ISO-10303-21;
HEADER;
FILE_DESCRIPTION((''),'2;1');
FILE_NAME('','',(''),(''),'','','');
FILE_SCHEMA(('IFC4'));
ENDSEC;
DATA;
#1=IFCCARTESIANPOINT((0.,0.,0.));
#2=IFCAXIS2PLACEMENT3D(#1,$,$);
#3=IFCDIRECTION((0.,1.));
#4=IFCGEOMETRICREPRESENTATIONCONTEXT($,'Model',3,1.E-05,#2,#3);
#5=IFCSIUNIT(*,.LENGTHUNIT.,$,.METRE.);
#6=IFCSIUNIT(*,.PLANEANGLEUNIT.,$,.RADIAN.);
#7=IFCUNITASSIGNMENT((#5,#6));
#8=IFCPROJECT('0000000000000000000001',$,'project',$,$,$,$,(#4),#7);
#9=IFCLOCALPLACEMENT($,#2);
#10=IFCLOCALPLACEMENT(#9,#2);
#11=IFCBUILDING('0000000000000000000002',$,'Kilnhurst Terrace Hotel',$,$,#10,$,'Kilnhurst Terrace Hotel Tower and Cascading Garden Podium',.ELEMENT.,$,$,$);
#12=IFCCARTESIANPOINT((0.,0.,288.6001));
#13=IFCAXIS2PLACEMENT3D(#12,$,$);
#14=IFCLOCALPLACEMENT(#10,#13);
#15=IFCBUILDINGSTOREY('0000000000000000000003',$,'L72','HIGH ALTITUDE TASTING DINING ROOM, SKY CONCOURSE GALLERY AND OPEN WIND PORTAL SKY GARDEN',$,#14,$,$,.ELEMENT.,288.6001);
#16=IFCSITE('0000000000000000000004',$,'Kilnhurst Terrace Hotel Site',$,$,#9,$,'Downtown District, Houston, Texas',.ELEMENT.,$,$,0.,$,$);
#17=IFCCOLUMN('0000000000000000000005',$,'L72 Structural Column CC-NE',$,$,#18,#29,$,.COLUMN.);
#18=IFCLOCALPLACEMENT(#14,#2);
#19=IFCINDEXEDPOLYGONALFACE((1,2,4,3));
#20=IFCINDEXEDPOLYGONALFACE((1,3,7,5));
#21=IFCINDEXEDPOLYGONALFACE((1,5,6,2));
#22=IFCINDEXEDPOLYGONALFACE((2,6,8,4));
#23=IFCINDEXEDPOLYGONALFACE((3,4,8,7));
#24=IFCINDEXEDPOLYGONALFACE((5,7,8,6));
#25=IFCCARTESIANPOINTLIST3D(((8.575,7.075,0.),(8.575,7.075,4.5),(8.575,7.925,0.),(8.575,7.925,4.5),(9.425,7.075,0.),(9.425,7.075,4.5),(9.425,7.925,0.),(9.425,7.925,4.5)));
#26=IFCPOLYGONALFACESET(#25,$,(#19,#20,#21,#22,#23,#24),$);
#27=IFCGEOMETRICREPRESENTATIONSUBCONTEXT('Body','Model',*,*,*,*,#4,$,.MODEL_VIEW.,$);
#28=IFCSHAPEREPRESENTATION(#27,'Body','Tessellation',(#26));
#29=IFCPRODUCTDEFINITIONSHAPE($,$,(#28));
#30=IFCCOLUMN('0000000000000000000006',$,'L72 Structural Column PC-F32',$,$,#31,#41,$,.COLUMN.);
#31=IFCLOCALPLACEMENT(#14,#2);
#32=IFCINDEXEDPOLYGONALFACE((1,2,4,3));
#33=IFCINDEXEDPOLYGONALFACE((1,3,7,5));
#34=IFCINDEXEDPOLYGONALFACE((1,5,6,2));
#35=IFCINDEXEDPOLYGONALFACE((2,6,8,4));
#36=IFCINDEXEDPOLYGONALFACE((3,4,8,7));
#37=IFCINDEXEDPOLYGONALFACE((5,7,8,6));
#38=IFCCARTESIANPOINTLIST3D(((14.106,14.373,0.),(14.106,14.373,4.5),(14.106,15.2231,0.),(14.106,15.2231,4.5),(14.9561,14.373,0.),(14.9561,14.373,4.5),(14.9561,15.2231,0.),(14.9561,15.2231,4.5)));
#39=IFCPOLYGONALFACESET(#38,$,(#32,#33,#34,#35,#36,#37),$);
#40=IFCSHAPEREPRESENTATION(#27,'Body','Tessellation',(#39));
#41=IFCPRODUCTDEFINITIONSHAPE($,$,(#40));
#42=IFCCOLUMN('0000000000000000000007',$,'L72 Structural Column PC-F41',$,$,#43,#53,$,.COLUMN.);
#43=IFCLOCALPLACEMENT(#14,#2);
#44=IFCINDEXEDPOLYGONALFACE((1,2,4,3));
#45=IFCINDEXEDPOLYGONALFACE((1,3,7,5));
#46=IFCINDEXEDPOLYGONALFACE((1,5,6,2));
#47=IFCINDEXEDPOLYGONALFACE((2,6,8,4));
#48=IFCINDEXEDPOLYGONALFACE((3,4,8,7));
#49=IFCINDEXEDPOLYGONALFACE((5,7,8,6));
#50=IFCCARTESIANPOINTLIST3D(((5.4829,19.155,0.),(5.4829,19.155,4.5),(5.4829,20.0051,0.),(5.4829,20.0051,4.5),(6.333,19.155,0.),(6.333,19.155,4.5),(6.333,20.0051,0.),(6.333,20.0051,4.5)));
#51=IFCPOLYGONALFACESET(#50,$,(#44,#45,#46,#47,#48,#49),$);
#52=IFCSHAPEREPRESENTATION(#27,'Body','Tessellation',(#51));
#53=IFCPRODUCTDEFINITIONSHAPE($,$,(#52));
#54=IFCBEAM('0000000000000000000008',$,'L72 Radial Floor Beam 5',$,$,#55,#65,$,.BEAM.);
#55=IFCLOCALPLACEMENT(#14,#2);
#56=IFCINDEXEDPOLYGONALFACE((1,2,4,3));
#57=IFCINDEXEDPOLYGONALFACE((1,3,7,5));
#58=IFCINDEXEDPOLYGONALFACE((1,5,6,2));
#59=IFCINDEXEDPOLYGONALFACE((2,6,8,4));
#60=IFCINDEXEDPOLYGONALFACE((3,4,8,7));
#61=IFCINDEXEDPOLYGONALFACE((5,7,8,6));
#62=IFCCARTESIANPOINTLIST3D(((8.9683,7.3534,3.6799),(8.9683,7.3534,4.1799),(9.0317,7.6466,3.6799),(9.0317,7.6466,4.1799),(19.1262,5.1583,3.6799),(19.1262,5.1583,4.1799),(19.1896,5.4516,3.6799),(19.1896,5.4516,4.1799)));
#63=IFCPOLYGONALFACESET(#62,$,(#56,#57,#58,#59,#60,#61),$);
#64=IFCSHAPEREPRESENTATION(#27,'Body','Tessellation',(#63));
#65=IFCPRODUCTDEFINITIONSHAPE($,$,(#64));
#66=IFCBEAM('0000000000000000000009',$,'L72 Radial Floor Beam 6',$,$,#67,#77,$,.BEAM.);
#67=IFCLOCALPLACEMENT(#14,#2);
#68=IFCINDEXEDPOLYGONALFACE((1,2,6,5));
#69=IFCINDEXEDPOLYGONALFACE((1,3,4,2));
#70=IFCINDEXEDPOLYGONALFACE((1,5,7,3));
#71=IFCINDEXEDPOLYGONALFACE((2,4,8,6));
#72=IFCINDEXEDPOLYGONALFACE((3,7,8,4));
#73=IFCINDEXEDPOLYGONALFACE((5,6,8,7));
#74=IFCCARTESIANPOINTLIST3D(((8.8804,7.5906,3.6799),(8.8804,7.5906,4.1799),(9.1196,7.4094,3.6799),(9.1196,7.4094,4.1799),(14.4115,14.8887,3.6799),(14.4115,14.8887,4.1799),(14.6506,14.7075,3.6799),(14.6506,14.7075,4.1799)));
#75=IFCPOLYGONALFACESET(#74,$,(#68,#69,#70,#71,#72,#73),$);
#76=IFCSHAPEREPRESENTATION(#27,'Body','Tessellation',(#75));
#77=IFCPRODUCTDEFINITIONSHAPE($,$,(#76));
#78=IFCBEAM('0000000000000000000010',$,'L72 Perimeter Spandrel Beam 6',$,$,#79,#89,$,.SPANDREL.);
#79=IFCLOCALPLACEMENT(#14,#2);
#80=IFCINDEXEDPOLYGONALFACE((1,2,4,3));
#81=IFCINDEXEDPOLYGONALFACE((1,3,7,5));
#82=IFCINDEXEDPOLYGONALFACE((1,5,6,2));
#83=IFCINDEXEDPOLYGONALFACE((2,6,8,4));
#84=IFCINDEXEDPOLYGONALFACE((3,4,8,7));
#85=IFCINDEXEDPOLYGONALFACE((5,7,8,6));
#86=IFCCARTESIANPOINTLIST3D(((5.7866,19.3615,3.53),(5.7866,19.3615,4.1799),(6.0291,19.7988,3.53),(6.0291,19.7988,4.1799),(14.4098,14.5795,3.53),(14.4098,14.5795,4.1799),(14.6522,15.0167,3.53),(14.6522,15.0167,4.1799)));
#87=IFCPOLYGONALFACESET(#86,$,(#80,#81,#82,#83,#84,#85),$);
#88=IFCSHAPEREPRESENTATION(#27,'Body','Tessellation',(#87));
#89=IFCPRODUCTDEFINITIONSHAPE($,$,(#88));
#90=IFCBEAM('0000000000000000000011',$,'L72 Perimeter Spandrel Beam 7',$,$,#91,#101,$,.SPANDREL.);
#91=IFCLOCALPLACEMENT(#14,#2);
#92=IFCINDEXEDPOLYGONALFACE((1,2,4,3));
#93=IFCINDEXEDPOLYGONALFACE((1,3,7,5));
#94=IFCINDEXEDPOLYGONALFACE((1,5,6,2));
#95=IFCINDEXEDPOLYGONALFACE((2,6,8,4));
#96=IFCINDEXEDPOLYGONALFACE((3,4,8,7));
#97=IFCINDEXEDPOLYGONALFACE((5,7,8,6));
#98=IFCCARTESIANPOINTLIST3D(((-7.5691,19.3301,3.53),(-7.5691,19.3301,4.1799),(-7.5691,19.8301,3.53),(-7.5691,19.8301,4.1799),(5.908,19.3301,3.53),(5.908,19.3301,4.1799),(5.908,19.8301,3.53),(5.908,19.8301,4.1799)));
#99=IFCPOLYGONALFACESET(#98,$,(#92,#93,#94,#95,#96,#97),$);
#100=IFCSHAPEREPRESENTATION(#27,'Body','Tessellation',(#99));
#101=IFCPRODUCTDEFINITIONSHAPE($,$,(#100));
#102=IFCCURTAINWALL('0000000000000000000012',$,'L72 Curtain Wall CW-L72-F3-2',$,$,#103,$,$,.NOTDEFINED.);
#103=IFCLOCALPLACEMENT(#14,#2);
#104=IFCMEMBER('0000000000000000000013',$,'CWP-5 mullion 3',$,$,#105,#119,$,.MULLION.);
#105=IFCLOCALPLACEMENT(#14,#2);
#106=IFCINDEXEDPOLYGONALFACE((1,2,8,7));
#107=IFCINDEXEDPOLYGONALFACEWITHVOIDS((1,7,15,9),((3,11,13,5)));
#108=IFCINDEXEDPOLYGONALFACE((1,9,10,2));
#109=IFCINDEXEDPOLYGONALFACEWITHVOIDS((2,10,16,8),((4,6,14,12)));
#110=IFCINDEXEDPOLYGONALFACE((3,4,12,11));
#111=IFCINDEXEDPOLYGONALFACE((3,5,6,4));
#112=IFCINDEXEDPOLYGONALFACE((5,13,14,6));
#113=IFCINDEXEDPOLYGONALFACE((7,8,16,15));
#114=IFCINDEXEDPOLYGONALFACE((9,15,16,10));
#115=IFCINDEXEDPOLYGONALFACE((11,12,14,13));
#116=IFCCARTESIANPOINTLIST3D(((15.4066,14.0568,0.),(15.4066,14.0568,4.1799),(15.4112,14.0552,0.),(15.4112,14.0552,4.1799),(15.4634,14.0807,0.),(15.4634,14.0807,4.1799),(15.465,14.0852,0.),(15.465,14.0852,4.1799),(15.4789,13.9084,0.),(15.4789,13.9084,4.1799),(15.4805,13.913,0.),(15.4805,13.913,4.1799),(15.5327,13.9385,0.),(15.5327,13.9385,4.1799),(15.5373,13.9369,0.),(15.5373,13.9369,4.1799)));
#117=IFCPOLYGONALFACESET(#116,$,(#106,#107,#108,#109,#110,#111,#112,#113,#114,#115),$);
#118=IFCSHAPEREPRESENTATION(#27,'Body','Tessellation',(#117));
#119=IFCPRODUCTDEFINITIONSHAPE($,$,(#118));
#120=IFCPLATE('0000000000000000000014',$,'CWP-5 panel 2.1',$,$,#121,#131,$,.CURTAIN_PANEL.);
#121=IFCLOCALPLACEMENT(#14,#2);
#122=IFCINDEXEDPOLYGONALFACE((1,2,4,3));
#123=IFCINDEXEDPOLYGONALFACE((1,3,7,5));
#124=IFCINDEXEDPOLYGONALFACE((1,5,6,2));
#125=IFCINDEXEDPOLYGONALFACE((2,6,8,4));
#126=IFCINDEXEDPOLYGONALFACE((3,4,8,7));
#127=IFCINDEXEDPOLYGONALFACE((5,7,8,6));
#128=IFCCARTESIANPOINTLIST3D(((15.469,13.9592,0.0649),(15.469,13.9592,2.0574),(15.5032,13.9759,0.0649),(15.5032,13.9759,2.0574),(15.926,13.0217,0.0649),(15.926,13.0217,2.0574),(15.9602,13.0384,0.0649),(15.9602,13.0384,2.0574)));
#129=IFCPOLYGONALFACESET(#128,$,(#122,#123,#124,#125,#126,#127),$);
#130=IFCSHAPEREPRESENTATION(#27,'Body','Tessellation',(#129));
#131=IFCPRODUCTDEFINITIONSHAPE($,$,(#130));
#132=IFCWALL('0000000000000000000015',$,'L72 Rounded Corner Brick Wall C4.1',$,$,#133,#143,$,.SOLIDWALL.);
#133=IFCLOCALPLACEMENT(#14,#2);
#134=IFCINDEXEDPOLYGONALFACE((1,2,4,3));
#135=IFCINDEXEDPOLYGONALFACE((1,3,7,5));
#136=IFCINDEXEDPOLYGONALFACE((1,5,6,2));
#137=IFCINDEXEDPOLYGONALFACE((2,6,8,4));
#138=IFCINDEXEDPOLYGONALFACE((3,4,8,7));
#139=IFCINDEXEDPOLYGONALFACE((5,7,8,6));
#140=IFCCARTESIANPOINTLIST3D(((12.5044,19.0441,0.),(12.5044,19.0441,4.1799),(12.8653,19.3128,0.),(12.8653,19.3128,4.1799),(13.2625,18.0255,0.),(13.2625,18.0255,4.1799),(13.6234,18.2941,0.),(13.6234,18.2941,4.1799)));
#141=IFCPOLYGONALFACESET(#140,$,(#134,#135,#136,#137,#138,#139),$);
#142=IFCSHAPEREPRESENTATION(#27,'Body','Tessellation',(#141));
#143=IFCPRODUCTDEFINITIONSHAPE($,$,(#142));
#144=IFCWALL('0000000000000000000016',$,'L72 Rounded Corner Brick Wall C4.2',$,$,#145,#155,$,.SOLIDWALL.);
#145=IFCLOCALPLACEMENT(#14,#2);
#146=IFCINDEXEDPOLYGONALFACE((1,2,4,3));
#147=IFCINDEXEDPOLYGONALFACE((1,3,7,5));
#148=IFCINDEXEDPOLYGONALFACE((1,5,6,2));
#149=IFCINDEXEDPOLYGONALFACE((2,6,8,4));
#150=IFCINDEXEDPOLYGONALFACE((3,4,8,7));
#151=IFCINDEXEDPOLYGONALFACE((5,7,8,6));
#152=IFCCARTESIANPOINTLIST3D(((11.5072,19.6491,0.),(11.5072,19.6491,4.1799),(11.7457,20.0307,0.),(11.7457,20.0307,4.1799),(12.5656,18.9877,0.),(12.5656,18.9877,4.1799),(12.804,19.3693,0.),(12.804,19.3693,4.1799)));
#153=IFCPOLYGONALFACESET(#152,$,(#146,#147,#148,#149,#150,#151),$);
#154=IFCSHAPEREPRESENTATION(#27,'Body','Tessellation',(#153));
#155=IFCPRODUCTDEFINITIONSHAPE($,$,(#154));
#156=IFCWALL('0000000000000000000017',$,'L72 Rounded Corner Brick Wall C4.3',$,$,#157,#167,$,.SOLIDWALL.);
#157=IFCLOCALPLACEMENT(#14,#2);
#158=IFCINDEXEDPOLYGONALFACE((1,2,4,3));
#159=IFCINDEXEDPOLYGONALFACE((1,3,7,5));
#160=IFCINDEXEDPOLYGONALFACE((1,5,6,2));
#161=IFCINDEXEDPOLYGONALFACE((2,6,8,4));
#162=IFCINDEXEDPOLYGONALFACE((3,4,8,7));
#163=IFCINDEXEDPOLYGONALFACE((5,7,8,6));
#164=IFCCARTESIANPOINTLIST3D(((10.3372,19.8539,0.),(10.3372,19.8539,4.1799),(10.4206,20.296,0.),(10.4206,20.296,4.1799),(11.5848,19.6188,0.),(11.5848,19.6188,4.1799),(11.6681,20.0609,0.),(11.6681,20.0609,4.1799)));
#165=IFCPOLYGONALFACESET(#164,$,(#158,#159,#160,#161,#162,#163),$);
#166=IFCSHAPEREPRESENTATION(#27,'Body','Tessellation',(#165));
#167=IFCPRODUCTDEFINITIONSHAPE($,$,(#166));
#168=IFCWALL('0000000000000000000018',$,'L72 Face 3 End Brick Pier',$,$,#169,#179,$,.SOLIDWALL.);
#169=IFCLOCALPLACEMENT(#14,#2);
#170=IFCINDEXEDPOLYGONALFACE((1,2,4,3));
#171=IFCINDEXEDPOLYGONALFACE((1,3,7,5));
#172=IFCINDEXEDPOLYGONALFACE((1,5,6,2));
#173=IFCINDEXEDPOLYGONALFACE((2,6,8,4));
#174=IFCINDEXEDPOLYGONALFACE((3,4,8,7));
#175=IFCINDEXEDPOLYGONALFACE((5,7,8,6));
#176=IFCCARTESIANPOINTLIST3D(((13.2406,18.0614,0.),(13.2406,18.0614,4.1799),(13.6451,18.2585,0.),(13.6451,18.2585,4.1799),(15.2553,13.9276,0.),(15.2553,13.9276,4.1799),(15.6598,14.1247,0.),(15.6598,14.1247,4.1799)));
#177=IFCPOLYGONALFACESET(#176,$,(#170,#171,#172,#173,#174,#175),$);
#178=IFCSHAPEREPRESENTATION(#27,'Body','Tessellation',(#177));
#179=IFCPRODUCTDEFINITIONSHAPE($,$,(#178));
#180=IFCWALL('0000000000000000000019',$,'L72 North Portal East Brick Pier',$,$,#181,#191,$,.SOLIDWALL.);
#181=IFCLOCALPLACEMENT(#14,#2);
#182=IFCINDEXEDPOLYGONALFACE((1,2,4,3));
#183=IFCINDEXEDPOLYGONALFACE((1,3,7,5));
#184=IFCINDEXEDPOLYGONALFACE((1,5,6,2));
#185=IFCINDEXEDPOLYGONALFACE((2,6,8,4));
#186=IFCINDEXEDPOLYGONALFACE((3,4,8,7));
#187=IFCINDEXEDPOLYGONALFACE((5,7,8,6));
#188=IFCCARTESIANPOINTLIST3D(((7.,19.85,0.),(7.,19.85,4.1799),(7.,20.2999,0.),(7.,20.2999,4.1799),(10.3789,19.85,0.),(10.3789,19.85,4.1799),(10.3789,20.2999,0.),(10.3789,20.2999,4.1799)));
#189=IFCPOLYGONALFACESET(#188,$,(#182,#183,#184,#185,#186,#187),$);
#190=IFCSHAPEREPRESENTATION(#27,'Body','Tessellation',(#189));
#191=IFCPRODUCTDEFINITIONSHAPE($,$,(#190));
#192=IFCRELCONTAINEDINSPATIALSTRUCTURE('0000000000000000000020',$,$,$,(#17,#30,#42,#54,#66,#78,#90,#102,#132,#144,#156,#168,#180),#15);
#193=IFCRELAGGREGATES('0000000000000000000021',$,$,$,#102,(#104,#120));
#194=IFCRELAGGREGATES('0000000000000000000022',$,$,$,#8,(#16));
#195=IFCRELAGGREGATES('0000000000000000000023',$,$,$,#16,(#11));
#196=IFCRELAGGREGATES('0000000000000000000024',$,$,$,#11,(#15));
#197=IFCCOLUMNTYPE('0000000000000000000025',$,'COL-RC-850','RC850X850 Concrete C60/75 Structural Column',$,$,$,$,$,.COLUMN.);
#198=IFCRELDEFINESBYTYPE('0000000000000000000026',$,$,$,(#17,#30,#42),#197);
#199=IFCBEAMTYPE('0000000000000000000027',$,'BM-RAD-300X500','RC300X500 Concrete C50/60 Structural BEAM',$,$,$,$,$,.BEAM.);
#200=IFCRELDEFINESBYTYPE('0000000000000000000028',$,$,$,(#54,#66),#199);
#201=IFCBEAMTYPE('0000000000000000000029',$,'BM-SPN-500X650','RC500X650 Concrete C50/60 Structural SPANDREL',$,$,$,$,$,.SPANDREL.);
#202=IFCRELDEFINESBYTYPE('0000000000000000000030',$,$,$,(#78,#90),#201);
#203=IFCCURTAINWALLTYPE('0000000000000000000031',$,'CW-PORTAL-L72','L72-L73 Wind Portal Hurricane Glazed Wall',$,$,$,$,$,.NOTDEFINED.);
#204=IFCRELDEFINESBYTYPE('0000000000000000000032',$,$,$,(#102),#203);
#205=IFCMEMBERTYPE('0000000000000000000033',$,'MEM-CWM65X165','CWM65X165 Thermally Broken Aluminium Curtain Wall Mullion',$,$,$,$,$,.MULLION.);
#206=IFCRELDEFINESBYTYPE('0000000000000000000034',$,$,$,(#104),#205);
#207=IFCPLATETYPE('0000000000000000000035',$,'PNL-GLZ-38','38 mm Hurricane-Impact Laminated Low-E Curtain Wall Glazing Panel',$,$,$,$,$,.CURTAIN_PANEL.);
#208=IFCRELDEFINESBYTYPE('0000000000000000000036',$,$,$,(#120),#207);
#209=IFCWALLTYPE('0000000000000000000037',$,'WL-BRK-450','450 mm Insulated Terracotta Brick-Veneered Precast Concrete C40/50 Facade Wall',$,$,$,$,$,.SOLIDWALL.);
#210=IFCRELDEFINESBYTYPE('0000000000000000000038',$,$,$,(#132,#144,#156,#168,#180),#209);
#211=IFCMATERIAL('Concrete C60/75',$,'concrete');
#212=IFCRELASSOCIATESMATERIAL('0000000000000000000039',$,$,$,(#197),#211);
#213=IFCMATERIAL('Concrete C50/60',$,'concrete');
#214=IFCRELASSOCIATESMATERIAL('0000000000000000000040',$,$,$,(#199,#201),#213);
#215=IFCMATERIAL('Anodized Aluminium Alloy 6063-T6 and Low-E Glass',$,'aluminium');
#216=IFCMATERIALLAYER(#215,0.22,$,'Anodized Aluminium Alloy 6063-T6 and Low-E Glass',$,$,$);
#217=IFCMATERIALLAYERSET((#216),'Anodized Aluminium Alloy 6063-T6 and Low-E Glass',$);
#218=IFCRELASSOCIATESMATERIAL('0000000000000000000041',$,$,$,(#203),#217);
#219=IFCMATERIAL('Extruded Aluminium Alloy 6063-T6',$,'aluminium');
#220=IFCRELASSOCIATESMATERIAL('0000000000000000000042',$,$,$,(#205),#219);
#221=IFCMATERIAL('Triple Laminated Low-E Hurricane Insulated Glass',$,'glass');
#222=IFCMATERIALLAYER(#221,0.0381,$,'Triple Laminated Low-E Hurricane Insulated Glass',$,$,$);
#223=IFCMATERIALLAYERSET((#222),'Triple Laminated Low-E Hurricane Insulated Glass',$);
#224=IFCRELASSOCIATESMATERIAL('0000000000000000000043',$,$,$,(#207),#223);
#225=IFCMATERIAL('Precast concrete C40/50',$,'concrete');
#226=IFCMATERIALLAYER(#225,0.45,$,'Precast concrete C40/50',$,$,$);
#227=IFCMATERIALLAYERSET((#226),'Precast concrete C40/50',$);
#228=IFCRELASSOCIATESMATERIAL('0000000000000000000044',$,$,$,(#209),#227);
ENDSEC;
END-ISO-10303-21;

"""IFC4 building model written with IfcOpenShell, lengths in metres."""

from ifc_helpers import new_model, si_unit, direction, frame, frame_2d, origin, origin_2d, place, context, subcontext, project, spatial, rectangle, hollow_rectangle, extrude, material, layer, layer_set, material_profile, profile_set, type_object, element, aggregate, save


model = new_model("IFC4")

# Units and contexts
model_context = context("Model", 3, precision=1e-05, world=origin(), true_north=direction((0.0, 1.0)))
body_context = subcontext(model_context, "Body", "Model", "MODEL_VIEW")
ifc_project = project(units=[si_unit("LENGTHUNIT", "METRE"), si_unit("PLANEANGLEUNIT", "RADIAN")], contexts=[model_context])

# Site, building, storey
site_placement = place(None, origin())
site = spatial("IfcSite", under=ifc_project, at=site_placement, Name="Kilnhurst Terrace Hotel Site", LongName="Downtown District, Houston, Texas", CompositionType="ELEMENT", RefElevation=0.0)
building_placement = place(site_placement, origin())
building = spatial("IfcBuilding", under=site, at=building_placement, Name="Kilnhurst Terrace Hotel", LongName="Kilnhurst Terrace Hotel Tower and Cascading Garden Podium", CompositionType="ELEMENT")
storey_placement = place(building_placement, frame((0.0, 0.0, 288.6001)))
storey = spatial("IfcBuildingStorey", under=building, at=storey_placement, Name="L72", Description="HIGH ALTITUDE TASTING DINING ROOM, SKY CONCOURSE GALLERY AND OPEN WIND PORTAL SKY GARDEN", CompositionType="ELEMENT", Elevation=288.6001)

# Columns
ifc_material_1 = material(Name="Concrete C60/75", Category="concrete")
ifc_material_profile_1 = material_profile(ifc_material_1, rectangle(XDim=0.8501, YDim=0.8501, at=origin_2d()), Name="RC850X850")
ifc_profile_set_1 = profile_set([ifc_material_profile_1], Name="Concrete C60/75")
column_type = type_object("IfcColumnType", Name="COL-RC-850", Description="RC850X850 Concrete C60/75 Structural Column", PredefinedType="COLUMN", material=ifc_profile_set_1)
for number, where, z_axis, x_axis, name in (
    (1, (9.0, 7.5, 0.0), (0.0, 0.0, 1.0), (1.0, 0.0, 0.0), "L72 Structural Column CC-NE"),
    (2, (14.531, 14.7981, 0.0), (0.0, 0.0, 1.0), (1.0, 0.0, 0.0), "L72 Structural Column PC-F32"),
    (3, (5.908, 19.5801, 0.0), (0.0, 0.0, 1.0), (1.0, 0.0, 0.0), "L72 Structural Column PC-F41"),
):
    element("IfcColumn", number, at=place(storey_placement, frame(where, z_axis=z_axis, x_axis=x_axis)), inside=storey, type_object=column_type, Name=name, PredefinedType="COLUMN", context=body_context, shape_type="SweptSolid", body=[
        extrude(rectangle(XDim=0.8501, YDim=0.8501, at=origin_2d()), origin(), (0.0, 0.0, 1.0), 4.5),
    ])

# Beams
ifc_material_2 = material(Name="Concrete C50/60", Category="concrete")
ifc_material_profile_2 = material_profile(ifc_material_2, rectangle(XDim=0.3, YDim=0.5, at=origin_2d()), Name="RC300X500")
ifc_profile_set_2 = profile_set([ifc_material_profile_2], Name="Concrete C50/60")
beam_type_1 = type_object("IfcBeamType", Name="BM-RAD-300X500", Description="RC300X500 Concrete C50/60 Structural BEAM", PredefinedType="BEAM", material=ifc_profile_set_2)
beam_1_placement = place(storey_placement, frame((9.0, 7.5, 3.9299), z_axis=(0.977439, -0.211218, 0.0), x_axis=(0.211218, 0.977439, 0.0)))
element("IfcBeam", 4, at=beam_1_placement, inside=storey, type_object=beam_type_1, Name="L72 Radial Floor Beam 5", PredefinedType="BEAM", context=body_context, shape_type="SweptSolid", body=[
    extrude(rectangle(XDim=0.3, YDim=0.5, at=origin_2d()), origin(), (0.0, 0.0, 1.0), 10.3923),
])
beam_2_placement = place(storey_placement, frame((9.0, 7.5, 3.9299), z_axis=(0.604007, 0.796979, 0.0), x_axis=(-0.796979, 0.604007, 0.0)))
element("IfcBeam", 5, at=beam_2_placement, inside=storey, type_object=beam_type_1, Name="L72 Radial Floor Beam 6", PredefinedType="BEAM", context=body_context, shape_type="SweptSolid", body=[
    extrude(rectangle(XDim=0.3, YDim=0.5, at=origin_2d()), origin(), (0.0, 0.0, 1.0), 9.1572),
])
ifc_material_profile_3 = material_profile(ifc_material_2, rectangle(XDim=0.5, YDim=0.6499, at=origin_2d()), Name="RC500X650")
ifc_profile_set_3 = profile_set([ifc_material_profile_3], Name="Concrete C50/60")
beam_type_2 = type_object("IfcBeamType", Name="BM-SPN-500X650", Description="RC500X650 Concrete C50/60 Structural SPANDREL", PredefinedType="SPANDREL", material=ifc_profile_set_3)
beam_3_placement = place(storey_placement, frame((14.531, 14.7981, 3.855), z_axis=(-0.874527, 0.484976, 0.0), x_axis=(-0.484976, -0.874527, 0.0)))
element("IfcBeam", 6, at=beam_3_placement, inside=storey, type_object=beam_type_2, Name="L72 Perimeter Spandrel Beam 6", PredefinedType="SPANDREL", context=body_context, shape_type="SweptSolid", body=[
    extrude(rectangle(XDim=0.5, YDim=0.6499, at=origin_2d()), origin(), (0.0, 0.0, 1.0), 9.8604),
])
beam_4_placement = place(storey_placement, frame((5.908, 19.5801, 3.855), z_axis=(-1.0, 0.0, 0.0), x_axis=(0.0, -1.0, 0.0)))
element("IfcBeam", 7, at=beam_4_placement, inside=storey, type_object=beam_type_2, Name="L72 Perimeter Spandrel Beam 7", PredefinedType="SPANDREL", context=body_context, shape_type="SweptSolid", body=[
    extrude(rectangle(XDim=0.5, YDim=0.6499, at=origin_2d()), origin(), (0.0, 0.0, 1.0), 13.4771),
])

# Curtain wall, member, plate
ifc_material_3 = material(Name="Anodized Aluminium Alloy 6063-T6 and Low-E Glass", Category="aluminium")
ifc_layer_1 = layer(ifc_material_3, 0.22, Name="Anodized Aluminium Alloy 6063-T6 and Low-E Glass")
ifc_layer_set_1 = layer_set([ifc_layer_1], Name="Anodized Aluminium Alloy 6063-T6 and Low-E Glass")
curtain_wall_type = type_object("IfcCurtainWallType", Name="CW-PORTAL-L72", Description="L72-L73 Wind Portal Hurricane Glazed Wall", PredefinedType="NOTDEFINED", material=ifc_layer_set_1)
curtain_wall_placement = place(storey_placement, origin())
curtain_wall = element("IfcCurtainWall", 8, at=curtain_wall_placement, inside=storey, type_object=curtain_wall_type, Name="L72 Curtain Wall CW-L72-F3-2", PredefinedType="NOTDEFINED")
ifc_material_4 = material(Name="Extruded Aluminium Alloy 6063-T6", Category="aluminium")
ifc_material_profile_4 = material_profile(ifc_material_4, hollow_rectangle(XDim=0.0649, YDim=0.165, WallThickness=0.0034, at=origin_2d()), Name="CWM65X165")
ifc_profile_set_4 = profile_set([ifc_material_profile_4], Name="Extruded Aluminium Alloy 6063-T6")
member_type = type_object("IfcMemberType", Name="MEM-CWM65X165", Description="CWM65X165 Thermally Broken Aluminium Curtain Wall Mullion", PredefinedType="MULLION", material=ifc_profile_set_4)
member_placement = place(storey_placement, frame((15.4719, 13.9968, 0.0), z_axis=(0.0, 0.0, 1.0), x_axis=(-0.898906, -0.438142, 0.0)))
member = element("IfcMember", 9, at=member_placement, type_object=member_type, Name="CWP-5 mullion 3", PredefinedType="MULLION", context=body_context, shape_type="SweptSolid", body=[
    extrude(hollow_rectangle(XDim=0.0649, YDim=0.165, WallThickness=0.0034, at=origin_2d()), origin(), (0.0, 0.0, 1.0), 4.1799),
])
ifc_material_5 = material(Name="Triple Laminated Low-E Hurricane Insulated Glass", Category="glass")
ifc_layer_2 = layer(ifc_material_5, 0.0381, Name="Triple Laminated Low-E Hurricane Insulated Glass")
ifc_layer_set_2 = layer_set([ifc_layer_2], Name="Triple Laminated Low-E Hurricane Insulated Glass")
plate_type = type_object("IfcPlateType", Name="PNL-GLZ-38", Description="38 mm Hurricane-Impact Laminated Low-E Curtain Wall Glazing Panel", PredefinedType="CURTAIN_PANEL", material=ifc_layer_set_2)
plate_placement = place(storey_placement, frame((15.7146, 13.4988, 0.0649), z_axis=(0.0, 0.0, 1.0), x_axis=(-0.438142, 0.898906, 0.0)))
plate = element("IfcPlate", 10, at=plate_placement, type_object=plate_type, Name="CWP-5 panel 2.1", PredefinedType="CURTAIN_PANEL", context=body_context, shape_type="SweptSolid", body=[
    extrude(rectangle(XDim=1.043, YDim=0.0381, at=origin_2d()), origin(), (0.0, 0.0, 1.0), 1.9924),
])
aggregate(curtain_wall, [member, plate])

# Walls
ifc_material_6 = material(Name="Precast concrete C40/50", Category="concrete")
ifc_layer_3 = layer(ifc_material_6, 0.45, Name="Precast concrete C40/50")
ifc_layer_set_3 = layer_set([ifc_layer_3], Name="Precast concrete C40/50")
wall_type_1 = type_object("IfcWallType", Name="WL-BRK-450", Description="450 mm Insulated Terracotta Brick-Veneered Precast Concrete C40/50 Facade Wall", PredefinedType="SOLIDWALL", material=ifc_layer_set_3)
wall_1_placement = place(storey_placement, frame((13.4429, 18.1599, 0.0), z_axis=(0.0, 0.0, 1.0), x_axis=(-0.597042, 0.80221, 0.0)))
element("IfcWall", 11, at=wall_1_placement, inside=storey, type_object=wall_type_1, Name="L72 Rounded Corner Brick Wall C4.1", PredefinedType="SOLIDWALL", context=body_context, shape_type="SweptSolid", body=[
    extrude(rectangle(XDim=1.2698, YDim=0.45, at=frame_2d((0.6348, 0.0))), origin(), (0.0, 0.0, 1.0), 4.1799),
])
wall_2_placement = place(storey_placement, frame((12.6848, 19.1785, 0.0), z_axis=(0.0, 0.0, 1.0), x_axis=(-0.848031, 0.529946, 0.0)))
element("IfcWall", 12, at=wall_2_placement, inside=storey, type_object=wall_type_1, Name="L72 Rounded Corner Brick Wall C4.2", PredefinedType="SOLIDWALL", context=body_context, shape_type="SweptSolid", body=[
    extrude(rectangle(XDim=1.248, YDim=0.45, at=frame_2d((0.624, 0.0))), origin(), (0.0, 0.0, 1.0), 4.1799),
])
wall_3_placement = place(storey_placement, frame((11.6265, 19.8398, 0.0), z_axis=(0.0, 0.0, 1.0), x_axis=(-0.982702, 0.185194, 0.0)))
element("IfcWall", 13, at=wall_3_placement, inside=storey, type_object=wall_type_1, Name="L72 Rounded Corner Brick Wall C4.3", PredefinedType="SOLIDWALL", context=body_context, shape_type="SweptSolid", body=[
    extrude(rectangle(XDim=1.2695, YDim=0.45, at=frame_2d((0.6348, 0.0))), origin(), (0.0, 0.0, 1.0), 4.1799),
])
wall_4_placement = place(storey_placement, frame((15.4575, 14.0261, 0.0), z_axis=(0.0, 0.0, 1.0), x_axis=(-0.438101, 0.898926, 0.0)))
element("IfcWall", 14, at=wall_4_placement, inside=storey, type_object=wall_type_1, Name="L72 Face 3 End Brick Pier", PredefinedType="SOLIDWALL", context=body_context, shape_type="SweptSolid", body=[
    extrude(rectangle(XDim=4.5986, YDim=0.45, at=frame_2d((2.2993, 0.0))), origin(), (0.0, 0.0, 1.0), 4.1799),
])
wall_5_placement = place(storey_placement, frame((10.3789, 20.075, 0.0), z_axis=(0.0, 0.0, 1.0), x_axis=(-1.0, 0.0, 0.0)))
element("IfcWall", 15, at=wall_5_placement, inside=storey, type_object=wall_type_1, Name="L72 North Portal East Brick Pier", PredefinedType="SOLIDWALL", context=body_context, shape_type="SweptSolid", body=[
    extrude(rectangle(XDim=3.3789, YDim=0.45, at=frame_2d((1.6895, 0.0))), origin(), (0.0, 0.0, 1.0), 4.1799),
])

save(model, "model.ifc")
